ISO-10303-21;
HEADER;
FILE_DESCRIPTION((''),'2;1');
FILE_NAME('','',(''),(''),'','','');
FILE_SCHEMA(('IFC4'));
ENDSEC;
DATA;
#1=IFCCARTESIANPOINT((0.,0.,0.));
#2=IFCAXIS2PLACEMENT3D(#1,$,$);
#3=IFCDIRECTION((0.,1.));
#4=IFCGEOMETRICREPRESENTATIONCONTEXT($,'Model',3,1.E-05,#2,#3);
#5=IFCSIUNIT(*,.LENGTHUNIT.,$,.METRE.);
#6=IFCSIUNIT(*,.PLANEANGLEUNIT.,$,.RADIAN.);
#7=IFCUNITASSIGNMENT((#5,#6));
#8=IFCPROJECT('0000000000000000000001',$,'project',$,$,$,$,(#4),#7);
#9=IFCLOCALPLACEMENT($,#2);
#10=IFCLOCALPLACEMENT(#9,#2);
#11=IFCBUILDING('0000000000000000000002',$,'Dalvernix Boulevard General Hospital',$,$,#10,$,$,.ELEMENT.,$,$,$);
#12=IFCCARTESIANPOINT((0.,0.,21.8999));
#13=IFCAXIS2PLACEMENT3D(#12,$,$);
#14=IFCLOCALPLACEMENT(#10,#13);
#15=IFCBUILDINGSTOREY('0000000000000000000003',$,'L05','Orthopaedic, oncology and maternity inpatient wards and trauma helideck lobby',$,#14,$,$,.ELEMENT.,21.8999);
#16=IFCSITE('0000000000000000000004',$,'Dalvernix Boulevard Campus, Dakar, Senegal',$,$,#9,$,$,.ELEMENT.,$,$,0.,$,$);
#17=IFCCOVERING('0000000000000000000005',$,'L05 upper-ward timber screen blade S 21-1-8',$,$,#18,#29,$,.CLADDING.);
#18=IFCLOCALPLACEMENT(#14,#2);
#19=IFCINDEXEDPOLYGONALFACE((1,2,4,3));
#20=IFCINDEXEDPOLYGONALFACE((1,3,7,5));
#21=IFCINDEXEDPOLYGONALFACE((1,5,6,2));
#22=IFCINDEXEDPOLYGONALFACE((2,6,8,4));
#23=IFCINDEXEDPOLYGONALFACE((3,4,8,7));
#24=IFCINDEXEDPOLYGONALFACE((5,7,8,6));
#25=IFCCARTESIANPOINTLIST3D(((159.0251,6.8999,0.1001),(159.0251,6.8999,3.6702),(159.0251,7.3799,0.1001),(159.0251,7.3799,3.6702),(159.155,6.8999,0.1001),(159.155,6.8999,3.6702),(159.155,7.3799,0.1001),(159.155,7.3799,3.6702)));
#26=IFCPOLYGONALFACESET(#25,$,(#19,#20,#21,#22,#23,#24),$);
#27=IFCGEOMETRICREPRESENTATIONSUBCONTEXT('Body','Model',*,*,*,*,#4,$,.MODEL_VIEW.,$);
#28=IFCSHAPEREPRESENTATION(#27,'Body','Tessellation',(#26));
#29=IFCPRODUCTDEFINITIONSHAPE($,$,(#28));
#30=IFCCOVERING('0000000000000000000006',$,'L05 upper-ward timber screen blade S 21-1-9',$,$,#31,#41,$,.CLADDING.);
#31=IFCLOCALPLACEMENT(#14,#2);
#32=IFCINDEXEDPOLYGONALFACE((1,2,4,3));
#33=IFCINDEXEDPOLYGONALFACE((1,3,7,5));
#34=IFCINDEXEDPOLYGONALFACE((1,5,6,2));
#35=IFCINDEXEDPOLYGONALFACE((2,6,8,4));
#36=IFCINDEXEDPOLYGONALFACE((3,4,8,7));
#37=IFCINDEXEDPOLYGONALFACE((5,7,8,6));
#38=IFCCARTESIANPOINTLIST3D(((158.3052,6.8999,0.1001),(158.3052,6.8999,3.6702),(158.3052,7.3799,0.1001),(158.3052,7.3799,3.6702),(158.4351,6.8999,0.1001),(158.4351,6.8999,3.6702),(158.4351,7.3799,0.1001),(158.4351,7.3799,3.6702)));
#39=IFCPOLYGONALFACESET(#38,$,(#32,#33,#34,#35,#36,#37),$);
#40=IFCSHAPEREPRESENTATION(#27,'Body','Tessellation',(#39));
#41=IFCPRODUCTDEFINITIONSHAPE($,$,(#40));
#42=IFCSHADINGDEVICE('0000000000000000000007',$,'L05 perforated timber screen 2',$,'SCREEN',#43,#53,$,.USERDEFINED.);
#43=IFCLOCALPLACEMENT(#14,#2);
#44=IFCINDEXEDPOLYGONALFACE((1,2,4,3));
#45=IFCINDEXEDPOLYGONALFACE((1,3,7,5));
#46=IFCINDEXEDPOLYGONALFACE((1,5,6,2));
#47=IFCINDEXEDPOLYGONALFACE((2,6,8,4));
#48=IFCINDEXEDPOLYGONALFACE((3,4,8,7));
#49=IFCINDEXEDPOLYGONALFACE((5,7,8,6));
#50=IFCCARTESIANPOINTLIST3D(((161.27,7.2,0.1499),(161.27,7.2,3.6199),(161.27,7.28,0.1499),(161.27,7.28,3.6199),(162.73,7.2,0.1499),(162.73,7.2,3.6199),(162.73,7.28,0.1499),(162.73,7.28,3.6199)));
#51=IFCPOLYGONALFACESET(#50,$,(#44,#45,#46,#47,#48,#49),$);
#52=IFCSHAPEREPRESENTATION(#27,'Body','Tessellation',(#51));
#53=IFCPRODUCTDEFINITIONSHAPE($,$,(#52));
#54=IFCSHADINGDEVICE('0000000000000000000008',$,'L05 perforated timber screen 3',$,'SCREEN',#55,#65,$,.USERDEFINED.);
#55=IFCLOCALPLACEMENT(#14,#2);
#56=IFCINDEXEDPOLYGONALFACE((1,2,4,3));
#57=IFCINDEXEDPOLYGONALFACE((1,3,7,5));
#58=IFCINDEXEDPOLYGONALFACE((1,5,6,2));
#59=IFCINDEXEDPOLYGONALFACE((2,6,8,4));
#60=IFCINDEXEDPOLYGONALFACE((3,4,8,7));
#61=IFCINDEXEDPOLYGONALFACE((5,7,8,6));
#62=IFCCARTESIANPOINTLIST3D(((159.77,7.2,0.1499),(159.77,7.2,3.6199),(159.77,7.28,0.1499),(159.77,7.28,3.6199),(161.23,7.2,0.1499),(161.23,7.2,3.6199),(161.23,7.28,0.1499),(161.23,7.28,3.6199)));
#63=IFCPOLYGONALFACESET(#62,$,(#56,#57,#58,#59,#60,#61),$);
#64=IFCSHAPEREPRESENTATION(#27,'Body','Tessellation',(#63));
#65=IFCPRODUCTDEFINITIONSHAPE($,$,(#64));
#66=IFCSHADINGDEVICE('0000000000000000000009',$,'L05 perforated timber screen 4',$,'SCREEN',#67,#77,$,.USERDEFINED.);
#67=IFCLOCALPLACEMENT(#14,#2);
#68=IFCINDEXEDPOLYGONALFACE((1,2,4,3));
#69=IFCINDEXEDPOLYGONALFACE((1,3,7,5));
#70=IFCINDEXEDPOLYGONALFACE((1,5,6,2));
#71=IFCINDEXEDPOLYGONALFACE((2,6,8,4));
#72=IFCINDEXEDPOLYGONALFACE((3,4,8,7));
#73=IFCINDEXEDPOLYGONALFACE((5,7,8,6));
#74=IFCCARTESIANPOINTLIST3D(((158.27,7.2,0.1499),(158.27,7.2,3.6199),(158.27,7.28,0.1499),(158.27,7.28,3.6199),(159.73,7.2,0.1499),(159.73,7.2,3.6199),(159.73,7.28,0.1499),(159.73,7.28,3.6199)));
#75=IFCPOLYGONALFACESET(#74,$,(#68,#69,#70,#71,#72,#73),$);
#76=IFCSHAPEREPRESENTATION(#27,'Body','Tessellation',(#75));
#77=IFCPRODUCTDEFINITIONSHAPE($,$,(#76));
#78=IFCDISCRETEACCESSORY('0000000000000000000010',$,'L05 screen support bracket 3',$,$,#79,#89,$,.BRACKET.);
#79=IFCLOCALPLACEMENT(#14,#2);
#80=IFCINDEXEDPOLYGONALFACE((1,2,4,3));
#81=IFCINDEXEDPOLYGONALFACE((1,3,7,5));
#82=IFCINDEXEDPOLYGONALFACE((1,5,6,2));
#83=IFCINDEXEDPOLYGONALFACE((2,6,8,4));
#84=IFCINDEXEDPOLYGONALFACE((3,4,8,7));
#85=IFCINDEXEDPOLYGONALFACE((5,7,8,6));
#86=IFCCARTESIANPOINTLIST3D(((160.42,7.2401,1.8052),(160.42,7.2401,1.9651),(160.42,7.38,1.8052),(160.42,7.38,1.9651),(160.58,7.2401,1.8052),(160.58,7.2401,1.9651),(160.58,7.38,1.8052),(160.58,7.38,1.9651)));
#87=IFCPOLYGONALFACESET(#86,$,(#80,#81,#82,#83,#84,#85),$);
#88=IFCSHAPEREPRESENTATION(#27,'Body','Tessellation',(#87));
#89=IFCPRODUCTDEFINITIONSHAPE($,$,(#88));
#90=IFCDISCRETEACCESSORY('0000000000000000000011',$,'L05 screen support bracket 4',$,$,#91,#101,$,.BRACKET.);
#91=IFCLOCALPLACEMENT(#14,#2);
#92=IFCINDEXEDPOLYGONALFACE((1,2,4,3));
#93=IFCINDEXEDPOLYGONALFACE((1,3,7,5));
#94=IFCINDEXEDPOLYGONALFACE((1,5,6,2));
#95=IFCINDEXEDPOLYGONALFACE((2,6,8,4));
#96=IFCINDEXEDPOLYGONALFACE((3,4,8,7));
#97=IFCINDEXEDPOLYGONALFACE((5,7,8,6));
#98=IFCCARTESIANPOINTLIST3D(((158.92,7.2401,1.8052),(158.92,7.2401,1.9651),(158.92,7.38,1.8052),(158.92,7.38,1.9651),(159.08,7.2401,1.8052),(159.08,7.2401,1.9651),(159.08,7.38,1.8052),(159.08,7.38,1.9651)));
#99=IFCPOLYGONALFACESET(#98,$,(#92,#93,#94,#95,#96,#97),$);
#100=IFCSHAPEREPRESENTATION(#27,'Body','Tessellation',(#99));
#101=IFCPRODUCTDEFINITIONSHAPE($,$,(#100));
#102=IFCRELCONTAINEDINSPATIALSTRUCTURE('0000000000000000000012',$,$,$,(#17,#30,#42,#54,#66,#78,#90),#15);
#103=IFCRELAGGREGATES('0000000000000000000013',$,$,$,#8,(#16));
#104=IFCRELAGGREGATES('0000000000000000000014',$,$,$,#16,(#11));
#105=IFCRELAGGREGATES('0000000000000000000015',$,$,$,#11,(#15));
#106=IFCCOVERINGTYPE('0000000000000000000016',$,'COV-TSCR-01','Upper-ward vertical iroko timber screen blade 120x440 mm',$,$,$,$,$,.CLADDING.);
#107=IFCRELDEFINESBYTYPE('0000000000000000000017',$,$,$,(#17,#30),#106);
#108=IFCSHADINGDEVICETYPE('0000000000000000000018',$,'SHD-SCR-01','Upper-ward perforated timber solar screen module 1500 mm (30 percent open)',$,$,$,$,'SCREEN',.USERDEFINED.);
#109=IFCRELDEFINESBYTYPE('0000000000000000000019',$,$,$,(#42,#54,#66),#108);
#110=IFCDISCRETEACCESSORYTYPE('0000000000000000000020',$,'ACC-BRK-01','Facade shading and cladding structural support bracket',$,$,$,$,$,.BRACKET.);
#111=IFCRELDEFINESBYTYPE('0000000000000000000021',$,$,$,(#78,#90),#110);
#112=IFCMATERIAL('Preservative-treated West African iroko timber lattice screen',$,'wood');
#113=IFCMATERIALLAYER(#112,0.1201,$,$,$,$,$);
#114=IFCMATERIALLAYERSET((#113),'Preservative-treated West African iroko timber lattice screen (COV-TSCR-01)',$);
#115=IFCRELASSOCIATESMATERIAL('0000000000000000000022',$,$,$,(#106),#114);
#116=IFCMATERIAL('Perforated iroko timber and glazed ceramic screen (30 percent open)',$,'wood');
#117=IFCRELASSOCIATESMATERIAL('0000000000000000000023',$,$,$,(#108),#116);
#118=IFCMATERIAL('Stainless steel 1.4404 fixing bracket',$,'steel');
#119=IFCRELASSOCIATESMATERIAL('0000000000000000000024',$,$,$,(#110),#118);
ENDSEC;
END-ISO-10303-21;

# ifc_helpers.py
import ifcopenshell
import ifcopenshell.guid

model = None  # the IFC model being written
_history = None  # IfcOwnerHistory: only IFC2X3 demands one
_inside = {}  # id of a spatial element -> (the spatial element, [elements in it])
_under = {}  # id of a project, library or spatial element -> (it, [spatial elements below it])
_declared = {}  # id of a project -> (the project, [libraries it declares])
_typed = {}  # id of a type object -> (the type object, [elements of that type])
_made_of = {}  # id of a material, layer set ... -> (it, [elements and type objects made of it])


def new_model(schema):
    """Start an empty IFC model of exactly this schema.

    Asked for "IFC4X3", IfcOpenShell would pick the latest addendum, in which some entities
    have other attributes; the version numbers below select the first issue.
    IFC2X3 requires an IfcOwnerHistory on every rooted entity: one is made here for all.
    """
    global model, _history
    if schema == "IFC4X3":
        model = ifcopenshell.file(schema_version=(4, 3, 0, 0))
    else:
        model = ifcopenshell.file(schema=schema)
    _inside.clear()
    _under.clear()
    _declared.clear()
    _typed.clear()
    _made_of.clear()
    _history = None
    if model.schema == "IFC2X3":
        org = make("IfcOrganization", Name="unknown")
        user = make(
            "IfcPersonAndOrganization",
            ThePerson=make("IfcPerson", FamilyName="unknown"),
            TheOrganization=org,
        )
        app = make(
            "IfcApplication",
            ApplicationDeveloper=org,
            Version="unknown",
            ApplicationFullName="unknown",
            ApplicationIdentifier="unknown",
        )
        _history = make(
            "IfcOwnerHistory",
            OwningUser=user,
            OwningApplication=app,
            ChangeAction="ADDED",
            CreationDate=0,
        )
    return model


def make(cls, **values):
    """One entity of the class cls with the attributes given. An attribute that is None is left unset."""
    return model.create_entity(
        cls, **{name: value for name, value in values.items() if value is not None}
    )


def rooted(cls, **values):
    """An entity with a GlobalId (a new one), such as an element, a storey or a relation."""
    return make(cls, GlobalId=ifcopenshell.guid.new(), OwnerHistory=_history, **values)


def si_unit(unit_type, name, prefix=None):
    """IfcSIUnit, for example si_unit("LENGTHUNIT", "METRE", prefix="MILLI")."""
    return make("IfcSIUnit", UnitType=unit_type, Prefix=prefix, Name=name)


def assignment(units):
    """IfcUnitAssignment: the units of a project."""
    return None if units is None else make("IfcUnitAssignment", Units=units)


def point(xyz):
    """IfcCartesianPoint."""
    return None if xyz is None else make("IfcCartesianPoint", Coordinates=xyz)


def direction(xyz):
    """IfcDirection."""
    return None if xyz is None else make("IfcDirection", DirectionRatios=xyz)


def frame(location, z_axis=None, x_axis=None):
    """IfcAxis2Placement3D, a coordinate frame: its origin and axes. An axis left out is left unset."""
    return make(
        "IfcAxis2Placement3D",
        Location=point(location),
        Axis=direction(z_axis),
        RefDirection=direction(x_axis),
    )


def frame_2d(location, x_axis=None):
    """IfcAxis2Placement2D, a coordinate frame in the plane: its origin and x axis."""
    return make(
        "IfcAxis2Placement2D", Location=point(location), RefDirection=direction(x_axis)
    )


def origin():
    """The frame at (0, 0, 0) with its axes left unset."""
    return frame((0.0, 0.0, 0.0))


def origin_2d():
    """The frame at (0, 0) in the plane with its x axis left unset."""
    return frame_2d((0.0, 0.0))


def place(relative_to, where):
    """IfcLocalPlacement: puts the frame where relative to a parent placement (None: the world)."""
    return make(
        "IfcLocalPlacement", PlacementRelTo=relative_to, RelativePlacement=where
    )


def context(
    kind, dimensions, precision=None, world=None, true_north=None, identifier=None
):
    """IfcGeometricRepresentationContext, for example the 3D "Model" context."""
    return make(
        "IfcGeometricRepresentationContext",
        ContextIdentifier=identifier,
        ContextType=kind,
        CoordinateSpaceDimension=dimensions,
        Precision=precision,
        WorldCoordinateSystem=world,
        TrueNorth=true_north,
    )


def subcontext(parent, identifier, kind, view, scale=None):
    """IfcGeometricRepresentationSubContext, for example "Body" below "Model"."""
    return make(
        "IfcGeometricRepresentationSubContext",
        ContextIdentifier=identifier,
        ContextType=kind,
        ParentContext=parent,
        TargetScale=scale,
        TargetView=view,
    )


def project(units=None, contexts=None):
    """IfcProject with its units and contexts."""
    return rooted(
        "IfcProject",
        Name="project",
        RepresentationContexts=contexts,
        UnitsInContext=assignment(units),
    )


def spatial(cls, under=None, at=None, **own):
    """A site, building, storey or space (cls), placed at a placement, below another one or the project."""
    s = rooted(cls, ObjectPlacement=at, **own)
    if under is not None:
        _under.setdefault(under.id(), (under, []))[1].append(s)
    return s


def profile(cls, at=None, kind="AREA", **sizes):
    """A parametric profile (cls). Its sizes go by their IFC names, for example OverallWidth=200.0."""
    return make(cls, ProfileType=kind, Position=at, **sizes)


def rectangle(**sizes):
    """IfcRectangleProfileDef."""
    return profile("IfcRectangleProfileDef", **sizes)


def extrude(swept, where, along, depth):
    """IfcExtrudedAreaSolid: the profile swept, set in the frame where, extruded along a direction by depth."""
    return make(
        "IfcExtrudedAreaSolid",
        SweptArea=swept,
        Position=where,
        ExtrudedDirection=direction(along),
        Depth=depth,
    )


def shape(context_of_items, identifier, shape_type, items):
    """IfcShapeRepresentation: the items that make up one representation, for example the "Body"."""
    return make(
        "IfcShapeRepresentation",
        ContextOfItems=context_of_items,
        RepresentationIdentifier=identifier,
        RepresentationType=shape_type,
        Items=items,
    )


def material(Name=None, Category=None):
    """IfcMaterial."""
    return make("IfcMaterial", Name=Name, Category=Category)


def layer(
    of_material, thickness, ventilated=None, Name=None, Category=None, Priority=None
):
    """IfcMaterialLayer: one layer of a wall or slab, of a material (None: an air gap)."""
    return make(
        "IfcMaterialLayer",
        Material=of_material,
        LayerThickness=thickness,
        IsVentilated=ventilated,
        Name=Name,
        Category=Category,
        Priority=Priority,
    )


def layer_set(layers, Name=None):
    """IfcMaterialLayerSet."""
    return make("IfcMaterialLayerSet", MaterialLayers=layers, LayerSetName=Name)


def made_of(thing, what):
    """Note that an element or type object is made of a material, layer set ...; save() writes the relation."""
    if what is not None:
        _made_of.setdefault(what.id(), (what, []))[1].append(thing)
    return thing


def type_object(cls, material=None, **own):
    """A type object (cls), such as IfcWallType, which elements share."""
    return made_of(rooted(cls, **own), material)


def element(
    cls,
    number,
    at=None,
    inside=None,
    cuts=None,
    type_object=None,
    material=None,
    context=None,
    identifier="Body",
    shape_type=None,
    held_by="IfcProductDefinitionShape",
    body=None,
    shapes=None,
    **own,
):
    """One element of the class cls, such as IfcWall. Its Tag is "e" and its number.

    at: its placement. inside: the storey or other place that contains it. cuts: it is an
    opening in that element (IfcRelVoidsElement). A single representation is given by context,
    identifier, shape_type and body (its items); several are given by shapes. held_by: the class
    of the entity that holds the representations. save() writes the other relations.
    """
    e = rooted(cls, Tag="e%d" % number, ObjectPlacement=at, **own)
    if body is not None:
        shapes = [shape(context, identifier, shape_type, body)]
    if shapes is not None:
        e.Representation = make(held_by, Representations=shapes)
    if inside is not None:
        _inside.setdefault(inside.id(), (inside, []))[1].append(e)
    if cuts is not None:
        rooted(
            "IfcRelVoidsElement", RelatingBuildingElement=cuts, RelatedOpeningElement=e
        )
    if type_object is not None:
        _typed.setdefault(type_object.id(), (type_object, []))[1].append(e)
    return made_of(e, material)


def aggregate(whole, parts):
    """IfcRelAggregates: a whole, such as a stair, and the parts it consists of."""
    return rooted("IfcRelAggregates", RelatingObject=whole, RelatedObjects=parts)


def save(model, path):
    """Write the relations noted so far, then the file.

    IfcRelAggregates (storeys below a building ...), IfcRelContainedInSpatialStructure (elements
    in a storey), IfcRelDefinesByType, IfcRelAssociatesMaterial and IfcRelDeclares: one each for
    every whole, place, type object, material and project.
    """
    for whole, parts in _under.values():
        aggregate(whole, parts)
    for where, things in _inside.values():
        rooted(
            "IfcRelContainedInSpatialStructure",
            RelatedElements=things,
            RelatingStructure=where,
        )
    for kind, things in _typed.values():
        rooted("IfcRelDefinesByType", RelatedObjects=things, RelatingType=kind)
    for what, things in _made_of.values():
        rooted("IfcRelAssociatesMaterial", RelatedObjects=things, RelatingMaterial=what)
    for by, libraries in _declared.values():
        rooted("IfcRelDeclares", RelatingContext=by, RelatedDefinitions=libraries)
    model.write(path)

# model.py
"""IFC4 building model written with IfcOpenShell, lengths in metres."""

from ifc_helpers import new_model, si_unit, direction, frame, origin, origin_2d, place, context, subcontext, project, spatial, rectangle, extrude, material, layer, layer_set, type_object, element, save


model = new_model("IFC4")

# Units and contexts
model_context = context("Model", 3, precision=1e-05, world=origin(), true_north=direction((0.0, 1.0)))
body_context = subcontext(model_context, "Body", "Model", "MODEL_VIEW")
ifc_project = project(units=[si_unit("LENGTHUNIT", "METRE"), si_unit("PLANEANGLEUNIT", "RADIAN")], contexts=[model_context])

# Site, building, storey
site_placement = place(None, origin())
site = spatial("IfcSite", under=ifc_project, at=site_placement, Name="Dalvernix Boulevard Campus, Dakar, Senegal", CompositionType="ELEMENT", RefElevation=0.0)
building_placement = place(site_placement, origin())
building = spatial("IfcBuilding", under=site, at=building_placement, Name="Dalvernix Boulevard General Hospital", CompositionType="ELEMENT")
storey_placement = place(building_placement, frame((0.0, 0.0, 21.8999)))
storey = spatial("IfcBuildingStorey", under=building, at=storey_placement, Name="L05", Description="Orthopaedic, oncology and maternity inpatient wards and trauma helideck lobby", CompositionType="ELEMENT", Elevation=21.8999)

# Coverings
ifc_material_1 = material(Name="Preservative-treated West African iroko timber lattice screen", Category="wood")
ifc_layer_1 = layer(ifc_material_1, 0.1201)
ifc_layer_set_1 = layer_set([ifc_layer_1], Name="Preservative-treated West African iroko timber lattice screen (COV-TSCR-01)")
covering_type_1 = type_object("IfcCoveringType", Name="COV-TSCR-01", Description="Upper-ward vertical iroko timber screen blade 120x440 mm", PredefinedType="CLADDING", material=ifc_layer_set_1)
for number, where, z_axis, x_axis, name in (
    (1, (159.0901, 7.1399, 0.1001), (0.0, 0.0, 1.0), (-1.0, 0.0, 0.0), "L05 upper-ward timber screen blade S 21-1-8"),
    (2, (158.3701, 7.1399, 0.1001), (0.0, 0.0, 1.0), (-1.0, 0.0, 0.0), "L05 upper-ward timber screen blade S 21-1-9"),
):
    element("IfcCovering", number, at=place(storey_placement, frame(where, z_axis=z_axis, x_axis=x_axis)), inside=storey, type_object=covering_type_1, Name=name, PredefinedType="CLADDING", context=body_context, shape_type="SweptSolid", body=[
        extrude(rectangle(XDim=0.1299, YDim=0.48, at=origin_2d()), origin(), (0.0, 0.0, 1.0), 3.5701),
    ])

# Shading devices
ifc_material_2 = material(Name="Perforated iroko timber and glazed ceramic screen (30 percent open)", Category="wood")
shading_device_type = type_object("IfcShadingDeviceType", Name="SHD-SCR-01", Description="Upper-ward perforated timber solar screen module 1500 mm (30 percent open)", ElementType="SCREEN", PredefinedType="USERDEFINED", material=ifc_material_2)
for number, where, z_axis, x_axis, name in (
    (3, (162.0, 7.24, 0.1499), (0.0, 0.0, 1.0), (-1.0, 0.0, 0.0), "L05 perforated timber screen 2"),
    (4, (160.5, 7.24, 0.1499), (0.0, 0.0, 1.0), (-1.0, 0.0, 0.0), "L05 perforated timber screen 3"),
    (5, (159.0, 7.24, 0.1499), (0.0, 0.0, 1.0), (-1.0, 0.0, 0.0), "L05 perforated timber screen 4"),
):
    element("IfcShadingDevice", number, at=place(storey_placement, frame(where, z_axis=z_axis, x_axis=x_axis)), inside=storey, type_object=shading_device_type, Name=name, ObjectType="SCREEN", PredefinedType="USERDEFINED", context=body_context, shape_type="SweptSolid", body=[
        extrude(rectangle(XDim=1.46, YDim=0.0801, at=origin_2d()), origin(), (0.0, 0.0, 1.0), 3.47),
    ])

# Discrete accessories
ifc_material_3 = material(Name="Stainless steel 1.4404 fixing bracket", Category="steel")
discrete_accessory_type = type_object("IfcDiscreteAccessoryType", Name="ACC-BRK-01", Description="Facade shading and cladding structural support bracket", PredefinedType="BRACKET", material=ifc_material_3)
for number, where, z_axis, x_axis, name in (
    (6, (160.5, 7.3101, 1.8052), (0.0, 0.0, 1.0), (-1.0, 0.0, 0.0), "L05 screen support bracket 3"),
    (7, (159.0, 7.3101, 1.8052), (0.0, 0.0, 1.0), (-1.0, 0.0, 0.0), "L05 screen support bracket 4"),
):
    element("IfcDiscreteAccessory", number, at=place(storey_placement, frame(where, z_axis=z_axis, x_axis=x_axis)), inside=storey, type_object=discrete_accessory_type, Name=name, PredefinedType="BRACKET", context=body_context, shape_type="SweptSolid", body=[
        extrude(rectangle(XDim=0.1599, YDim=0.1399, at=origin_2d()), origin(), (0.0, 0.0, 1.0), 0.1599),
    ])

save(model, "model.ifc")
